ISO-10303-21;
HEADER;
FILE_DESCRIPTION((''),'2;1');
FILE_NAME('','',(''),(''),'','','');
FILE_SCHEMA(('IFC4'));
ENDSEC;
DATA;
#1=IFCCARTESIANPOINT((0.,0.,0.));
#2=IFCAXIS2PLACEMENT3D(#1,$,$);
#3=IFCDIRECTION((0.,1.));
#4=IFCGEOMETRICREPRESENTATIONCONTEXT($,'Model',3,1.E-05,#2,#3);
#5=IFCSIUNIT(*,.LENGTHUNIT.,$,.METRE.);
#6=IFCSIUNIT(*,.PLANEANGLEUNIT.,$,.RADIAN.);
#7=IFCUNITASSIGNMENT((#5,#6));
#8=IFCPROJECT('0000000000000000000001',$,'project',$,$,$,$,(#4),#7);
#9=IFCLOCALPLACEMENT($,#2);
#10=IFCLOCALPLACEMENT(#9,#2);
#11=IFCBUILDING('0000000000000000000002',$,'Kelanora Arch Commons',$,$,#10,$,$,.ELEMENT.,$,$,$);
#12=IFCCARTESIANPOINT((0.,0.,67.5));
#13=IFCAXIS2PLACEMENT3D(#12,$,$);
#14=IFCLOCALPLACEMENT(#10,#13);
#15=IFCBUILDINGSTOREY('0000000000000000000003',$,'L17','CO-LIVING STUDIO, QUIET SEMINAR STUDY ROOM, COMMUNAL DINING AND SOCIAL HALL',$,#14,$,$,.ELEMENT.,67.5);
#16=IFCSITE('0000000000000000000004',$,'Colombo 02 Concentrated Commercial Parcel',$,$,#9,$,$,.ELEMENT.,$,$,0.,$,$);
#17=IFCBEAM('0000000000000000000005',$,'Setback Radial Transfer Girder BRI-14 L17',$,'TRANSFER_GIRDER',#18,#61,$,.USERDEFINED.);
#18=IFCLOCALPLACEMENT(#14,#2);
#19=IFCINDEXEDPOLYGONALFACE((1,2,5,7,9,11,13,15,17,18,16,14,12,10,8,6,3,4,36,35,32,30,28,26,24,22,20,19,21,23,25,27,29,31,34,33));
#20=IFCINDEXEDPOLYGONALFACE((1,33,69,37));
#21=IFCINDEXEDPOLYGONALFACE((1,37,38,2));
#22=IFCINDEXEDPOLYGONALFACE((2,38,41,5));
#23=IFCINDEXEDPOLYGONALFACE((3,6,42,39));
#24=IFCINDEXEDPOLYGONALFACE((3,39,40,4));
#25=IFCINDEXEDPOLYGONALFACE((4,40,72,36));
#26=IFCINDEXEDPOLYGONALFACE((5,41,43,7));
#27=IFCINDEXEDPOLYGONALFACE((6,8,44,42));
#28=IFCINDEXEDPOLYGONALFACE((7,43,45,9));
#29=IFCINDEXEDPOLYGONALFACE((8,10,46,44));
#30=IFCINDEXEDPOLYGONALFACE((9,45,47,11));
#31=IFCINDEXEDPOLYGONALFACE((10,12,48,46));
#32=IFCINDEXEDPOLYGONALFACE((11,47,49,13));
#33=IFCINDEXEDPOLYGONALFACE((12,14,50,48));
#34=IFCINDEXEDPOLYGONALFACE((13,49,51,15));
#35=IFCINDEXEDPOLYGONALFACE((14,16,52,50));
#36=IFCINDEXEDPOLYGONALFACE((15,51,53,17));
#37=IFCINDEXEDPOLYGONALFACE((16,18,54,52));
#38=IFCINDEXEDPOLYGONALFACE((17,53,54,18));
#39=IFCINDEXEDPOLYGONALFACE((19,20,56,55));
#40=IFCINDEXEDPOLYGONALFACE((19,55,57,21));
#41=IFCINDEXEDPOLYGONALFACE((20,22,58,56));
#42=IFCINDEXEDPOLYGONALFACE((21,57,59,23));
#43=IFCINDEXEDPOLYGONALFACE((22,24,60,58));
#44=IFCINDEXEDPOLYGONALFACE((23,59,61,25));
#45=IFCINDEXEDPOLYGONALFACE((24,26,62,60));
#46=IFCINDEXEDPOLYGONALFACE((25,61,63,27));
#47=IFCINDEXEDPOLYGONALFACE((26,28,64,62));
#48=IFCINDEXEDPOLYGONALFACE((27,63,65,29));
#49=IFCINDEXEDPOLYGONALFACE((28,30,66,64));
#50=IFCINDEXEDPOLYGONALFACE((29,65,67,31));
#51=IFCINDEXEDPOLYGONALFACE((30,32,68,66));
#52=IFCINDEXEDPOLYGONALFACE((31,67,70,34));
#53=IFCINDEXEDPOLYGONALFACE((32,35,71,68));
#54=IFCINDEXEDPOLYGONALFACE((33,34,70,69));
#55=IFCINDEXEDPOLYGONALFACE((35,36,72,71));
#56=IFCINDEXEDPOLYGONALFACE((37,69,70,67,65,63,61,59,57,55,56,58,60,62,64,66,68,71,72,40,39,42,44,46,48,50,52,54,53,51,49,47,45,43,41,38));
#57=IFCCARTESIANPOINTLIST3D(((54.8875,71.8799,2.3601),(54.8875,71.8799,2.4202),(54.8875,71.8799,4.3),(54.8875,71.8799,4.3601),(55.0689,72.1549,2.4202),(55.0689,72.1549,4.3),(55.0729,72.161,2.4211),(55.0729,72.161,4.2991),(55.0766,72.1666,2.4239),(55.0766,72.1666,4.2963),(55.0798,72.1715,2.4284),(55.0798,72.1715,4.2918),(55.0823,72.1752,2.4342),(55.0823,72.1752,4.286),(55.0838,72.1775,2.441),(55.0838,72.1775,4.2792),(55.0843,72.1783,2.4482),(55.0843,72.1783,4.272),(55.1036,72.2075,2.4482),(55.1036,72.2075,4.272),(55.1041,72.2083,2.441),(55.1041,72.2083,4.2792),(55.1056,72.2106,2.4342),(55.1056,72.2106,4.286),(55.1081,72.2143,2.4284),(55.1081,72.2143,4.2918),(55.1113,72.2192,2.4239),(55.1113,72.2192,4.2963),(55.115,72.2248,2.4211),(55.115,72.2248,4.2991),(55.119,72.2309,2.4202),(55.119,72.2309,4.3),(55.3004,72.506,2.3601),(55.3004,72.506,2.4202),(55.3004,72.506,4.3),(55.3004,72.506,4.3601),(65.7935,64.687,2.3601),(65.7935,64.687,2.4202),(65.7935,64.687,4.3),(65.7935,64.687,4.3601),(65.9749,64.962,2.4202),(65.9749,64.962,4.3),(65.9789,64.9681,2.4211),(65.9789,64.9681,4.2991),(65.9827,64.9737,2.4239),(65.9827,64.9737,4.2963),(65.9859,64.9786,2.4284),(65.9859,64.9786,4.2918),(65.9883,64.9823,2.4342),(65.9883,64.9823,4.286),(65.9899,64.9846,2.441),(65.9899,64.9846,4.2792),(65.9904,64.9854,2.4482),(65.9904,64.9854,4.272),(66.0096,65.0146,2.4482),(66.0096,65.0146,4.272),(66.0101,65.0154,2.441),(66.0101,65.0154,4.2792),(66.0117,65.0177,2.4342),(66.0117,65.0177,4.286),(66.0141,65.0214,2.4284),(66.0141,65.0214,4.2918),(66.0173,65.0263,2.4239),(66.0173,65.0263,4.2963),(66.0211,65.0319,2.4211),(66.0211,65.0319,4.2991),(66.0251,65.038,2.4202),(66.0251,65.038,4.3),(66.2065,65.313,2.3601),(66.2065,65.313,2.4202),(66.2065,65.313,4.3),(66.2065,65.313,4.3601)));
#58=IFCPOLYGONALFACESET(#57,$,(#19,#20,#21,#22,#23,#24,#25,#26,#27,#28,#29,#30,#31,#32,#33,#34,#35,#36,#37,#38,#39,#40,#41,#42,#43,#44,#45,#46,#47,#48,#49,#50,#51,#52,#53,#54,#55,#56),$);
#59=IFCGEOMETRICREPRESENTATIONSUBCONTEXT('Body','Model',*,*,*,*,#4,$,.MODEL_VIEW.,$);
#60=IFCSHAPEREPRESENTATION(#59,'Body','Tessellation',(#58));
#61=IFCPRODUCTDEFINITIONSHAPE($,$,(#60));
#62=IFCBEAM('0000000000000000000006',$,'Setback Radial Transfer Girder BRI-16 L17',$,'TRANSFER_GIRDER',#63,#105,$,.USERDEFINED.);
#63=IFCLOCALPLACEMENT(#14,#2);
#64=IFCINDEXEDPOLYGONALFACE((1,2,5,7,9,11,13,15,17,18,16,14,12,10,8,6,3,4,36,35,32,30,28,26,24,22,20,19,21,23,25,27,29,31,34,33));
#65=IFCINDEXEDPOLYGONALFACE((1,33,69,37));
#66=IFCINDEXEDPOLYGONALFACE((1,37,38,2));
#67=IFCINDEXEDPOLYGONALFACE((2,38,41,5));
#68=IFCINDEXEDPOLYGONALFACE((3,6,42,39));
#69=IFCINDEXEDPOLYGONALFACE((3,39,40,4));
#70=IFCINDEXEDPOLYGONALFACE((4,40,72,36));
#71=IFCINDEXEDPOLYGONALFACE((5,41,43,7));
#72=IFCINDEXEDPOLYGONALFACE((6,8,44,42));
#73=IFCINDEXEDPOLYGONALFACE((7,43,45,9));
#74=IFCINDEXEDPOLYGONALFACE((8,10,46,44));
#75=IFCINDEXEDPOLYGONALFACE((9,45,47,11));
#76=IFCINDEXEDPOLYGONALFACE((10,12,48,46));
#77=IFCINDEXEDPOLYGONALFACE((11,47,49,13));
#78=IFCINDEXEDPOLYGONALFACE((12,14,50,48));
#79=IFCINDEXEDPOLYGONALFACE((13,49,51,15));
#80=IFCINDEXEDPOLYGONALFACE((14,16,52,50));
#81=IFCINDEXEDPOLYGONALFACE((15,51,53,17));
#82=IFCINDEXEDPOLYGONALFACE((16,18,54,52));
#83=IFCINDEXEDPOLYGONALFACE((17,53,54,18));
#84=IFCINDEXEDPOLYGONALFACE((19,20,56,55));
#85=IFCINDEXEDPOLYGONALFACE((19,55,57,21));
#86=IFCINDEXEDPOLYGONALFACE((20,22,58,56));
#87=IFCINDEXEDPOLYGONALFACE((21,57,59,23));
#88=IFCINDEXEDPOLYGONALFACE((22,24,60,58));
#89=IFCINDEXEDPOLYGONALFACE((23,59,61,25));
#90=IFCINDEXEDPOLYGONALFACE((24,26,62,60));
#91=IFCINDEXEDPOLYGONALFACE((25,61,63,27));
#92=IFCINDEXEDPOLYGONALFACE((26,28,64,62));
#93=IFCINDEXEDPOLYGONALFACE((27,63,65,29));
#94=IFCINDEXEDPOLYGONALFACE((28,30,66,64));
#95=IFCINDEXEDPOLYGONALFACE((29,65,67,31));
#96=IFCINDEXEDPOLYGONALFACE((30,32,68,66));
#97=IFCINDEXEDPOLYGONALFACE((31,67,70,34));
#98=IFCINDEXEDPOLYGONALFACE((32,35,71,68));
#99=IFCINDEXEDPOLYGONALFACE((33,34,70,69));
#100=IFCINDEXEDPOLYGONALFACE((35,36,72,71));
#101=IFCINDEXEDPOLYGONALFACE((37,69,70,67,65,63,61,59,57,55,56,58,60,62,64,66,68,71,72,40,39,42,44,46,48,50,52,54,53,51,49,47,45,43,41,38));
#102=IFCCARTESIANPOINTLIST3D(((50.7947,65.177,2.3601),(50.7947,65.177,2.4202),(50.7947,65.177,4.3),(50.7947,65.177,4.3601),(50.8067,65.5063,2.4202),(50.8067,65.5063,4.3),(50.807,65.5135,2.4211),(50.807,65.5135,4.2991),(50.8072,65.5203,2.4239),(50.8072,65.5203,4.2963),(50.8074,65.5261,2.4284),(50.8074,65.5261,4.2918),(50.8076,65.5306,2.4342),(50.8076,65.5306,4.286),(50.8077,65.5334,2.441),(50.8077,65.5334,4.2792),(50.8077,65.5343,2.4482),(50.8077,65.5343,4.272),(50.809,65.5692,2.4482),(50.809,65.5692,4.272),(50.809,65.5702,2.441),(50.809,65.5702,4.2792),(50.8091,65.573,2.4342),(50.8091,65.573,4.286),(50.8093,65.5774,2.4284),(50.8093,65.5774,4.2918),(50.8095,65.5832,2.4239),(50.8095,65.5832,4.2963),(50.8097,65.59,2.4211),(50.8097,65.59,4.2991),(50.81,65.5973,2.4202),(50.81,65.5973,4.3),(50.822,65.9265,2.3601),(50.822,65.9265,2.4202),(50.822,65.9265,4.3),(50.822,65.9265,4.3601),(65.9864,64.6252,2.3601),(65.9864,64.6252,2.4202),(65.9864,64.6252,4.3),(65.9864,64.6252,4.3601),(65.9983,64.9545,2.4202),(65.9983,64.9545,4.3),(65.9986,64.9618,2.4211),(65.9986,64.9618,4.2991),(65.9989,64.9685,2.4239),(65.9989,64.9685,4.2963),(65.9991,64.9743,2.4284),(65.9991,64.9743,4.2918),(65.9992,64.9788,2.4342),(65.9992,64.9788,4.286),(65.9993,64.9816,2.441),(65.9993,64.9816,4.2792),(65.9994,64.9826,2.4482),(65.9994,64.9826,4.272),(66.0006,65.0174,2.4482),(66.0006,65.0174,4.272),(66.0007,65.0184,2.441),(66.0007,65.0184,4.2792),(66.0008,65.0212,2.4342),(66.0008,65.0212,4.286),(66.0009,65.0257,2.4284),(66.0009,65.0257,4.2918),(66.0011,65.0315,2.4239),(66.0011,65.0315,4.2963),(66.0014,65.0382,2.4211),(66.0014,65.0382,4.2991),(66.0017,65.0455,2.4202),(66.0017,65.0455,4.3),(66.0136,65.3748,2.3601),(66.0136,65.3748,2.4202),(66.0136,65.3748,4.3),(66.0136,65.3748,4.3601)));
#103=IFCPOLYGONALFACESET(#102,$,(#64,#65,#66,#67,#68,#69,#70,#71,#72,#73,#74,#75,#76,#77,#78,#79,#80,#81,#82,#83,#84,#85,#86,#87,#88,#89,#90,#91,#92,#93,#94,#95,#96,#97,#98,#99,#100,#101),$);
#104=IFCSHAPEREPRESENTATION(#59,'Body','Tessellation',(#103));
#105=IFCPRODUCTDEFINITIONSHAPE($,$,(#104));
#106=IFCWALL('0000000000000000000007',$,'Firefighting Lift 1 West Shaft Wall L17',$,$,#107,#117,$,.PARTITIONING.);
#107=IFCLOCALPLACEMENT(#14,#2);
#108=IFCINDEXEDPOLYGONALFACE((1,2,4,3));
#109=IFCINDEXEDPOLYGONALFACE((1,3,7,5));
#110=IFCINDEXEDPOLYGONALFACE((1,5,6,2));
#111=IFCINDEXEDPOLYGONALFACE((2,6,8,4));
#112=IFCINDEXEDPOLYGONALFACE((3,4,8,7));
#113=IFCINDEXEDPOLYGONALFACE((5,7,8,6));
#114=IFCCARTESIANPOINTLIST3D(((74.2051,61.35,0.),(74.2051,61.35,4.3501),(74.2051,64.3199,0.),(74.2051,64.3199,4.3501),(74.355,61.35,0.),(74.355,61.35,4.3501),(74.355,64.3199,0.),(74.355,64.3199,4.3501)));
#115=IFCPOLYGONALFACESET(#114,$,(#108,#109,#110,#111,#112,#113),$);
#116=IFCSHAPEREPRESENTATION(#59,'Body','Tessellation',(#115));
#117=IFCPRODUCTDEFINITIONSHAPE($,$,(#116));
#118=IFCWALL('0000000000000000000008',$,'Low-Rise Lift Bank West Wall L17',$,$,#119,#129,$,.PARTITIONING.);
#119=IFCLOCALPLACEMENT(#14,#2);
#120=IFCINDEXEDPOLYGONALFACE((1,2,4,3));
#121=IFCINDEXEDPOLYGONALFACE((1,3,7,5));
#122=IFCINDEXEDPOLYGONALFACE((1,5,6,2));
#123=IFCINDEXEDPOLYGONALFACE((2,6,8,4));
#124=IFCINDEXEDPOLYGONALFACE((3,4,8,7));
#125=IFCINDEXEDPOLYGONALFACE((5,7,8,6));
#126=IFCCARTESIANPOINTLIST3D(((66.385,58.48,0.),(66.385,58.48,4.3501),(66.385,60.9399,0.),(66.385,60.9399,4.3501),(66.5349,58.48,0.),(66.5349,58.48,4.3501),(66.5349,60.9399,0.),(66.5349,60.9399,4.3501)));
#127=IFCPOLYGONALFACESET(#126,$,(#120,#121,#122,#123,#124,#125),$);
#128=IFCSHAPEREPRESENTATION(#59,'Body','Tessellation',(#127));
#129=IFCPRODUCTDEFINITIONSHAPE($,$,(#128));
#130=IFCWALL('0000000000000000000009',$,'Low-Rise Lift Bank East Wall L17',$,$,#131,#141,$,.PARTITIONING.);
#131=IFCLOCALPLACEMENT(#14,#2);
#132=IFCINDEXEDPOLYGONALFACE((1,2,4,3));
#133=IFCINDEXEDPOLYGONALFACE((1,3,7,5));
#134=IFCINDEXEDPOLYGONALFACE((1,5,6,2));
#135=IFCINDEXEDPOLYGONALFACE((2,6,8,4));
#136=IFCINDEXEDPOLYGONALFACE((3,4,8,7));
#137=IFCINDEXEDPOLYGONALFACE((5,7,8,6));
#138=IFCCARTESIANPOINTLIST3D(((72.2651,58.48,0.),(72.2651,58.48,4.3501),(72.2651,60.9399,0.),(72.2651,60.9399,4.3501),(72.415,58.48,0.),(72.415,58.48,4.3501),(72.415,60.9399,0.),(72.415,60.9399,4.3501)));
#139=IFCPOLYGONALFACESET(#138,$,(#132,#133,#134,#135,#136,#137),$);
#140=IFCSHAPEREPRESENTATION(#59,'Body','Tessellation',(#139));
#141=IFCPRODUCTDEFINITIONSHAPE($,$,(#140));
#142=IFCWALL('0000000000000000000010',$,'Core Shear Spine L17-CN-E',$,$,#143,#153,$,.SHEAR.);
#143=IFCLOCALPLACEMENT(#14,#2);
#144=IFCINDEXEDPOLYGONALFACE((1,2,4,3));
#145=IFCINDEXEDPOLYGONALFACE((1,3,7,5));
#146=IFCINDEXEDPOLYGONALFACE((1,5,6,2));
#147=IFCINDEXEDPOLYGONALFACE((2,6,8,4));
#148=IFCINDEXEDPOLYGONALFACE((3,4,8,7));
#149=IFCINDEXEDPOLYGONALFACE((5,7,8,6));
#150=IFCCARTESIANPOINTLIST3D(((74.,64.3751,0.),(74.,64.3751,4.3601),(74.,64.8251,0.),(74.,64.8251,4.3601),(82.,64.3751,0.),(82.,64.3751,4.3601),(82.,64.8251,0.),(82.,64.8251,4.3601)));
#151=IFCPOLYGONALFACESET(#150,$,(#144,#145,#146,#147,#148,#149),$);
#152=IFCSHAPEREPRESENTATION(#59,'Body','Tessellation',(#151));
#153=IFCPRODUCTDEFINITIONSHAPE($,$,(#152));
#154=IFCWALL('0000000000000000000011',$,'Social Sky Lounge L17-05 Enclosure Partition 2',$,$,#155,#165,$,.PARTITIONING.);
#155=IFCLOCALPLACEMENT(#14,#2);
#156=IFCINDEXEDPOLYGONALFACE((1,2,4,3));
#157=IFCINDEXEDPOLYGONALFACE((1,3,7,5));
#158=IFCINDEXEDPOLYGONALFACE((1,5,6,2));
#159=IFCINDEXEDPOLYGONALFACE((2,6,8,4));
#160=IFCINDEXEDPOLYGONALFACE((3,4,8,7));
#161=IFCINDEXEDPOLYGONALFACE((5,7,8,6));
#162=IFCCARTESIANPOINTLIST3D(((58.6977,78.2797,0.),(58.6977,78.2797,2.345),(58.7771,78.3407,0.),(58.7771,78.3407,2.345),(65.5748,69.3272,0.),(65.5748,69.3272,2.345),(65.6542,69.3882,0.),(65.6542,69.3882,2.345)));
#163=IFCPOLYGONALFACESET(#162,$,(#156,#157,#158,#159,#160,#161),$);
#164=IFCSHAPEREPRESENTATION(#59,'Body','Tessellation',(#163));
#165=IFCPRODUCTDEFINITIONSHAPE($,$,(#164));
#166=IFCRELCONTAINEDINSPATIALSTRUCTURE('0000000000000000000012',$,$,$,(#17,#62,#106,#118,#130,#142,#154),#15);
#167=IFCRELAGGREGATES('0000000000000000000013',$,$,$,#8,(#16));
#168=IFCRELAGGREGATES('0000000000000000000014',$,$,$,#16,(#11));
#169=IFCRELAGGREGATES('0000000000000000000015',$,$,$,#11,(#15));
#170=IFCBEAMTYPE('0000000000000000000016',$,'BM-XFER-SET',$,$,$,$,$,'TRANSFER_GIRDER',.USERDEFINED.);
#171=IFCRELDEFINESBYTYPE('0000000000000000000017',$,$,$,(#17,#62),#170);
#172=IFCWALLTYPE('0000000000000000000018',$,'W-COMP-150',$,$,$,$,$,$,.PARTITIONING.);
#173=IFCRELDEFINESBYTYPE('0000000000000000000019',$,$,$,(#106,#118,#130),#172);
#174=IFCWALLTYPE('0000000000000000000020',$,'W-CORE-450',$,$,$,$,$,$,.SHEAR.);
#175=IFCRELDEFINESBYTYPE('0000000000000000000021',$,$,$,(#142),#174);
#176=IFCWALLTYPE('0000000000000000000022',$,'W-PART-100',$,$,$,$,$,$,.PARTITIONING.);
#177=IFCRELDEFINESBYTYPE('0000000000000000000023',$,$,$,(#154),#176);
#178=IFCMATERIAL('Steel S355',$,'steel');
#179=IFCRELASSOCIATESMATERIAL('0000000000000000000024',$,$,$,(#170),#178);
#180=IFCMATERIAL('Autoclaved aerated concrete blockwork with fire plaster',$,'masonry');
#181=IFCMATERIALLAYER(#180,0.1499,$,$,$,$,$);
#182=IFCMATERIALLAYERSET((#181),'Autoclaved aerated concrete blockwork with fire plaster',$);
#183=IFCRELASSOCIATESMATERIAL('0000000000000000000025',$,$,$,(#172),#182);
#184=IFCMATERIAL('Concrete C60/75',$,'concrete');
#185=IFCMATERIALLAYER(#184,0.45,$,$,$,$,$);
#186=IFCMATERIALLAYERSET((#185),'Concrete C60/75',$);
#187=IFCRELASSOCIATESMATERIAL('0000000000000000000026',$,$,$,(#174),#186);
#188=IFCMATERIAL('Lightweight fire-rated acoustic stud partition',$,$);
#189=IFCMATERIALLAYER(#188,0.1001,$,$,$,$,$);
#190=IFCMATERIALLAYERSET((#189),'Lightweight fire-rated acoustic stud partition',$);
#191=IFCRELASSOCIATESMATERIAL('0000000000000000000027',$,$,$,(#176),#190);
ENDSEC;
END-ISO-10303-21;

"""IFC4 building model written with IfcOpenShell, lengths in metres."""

from ifc_helpers import new_model, si_unit, direction, frame, frame_2d, origin, origin_2d, place, context, subcontext, project, spatial, rectangle, i_section, extrude, material, layer, layer_set, material_profile, profile_set, type_object, element, save


model = new_model("IFC4")

# Units and contexts
model_context = context("Model", 3, precision=1e-05, world=origin(), true_north=direction((0.0, 1.0)))
body_context = subcontext(model_context, "Body", "Model", "MODEL_VIEW")
ifc_project = project(units=[si_unit("LENGTHUNIT", "METRE"), si_unit("PLANEANGLEUNIT", "RADIAN")], contexts=[model_context])

# Site, building, storey
site_placement = place(None, origin())
site = spatial("IfcSite", under=ifc_project, at=site_placement, Name="Colombo 02 Concentrated Commercial Parcel", CompositionType="ELEMENT", RefElevation=0.0)
building_placement = place(site_placement, origin())
building = spatial("IfcBuilding", under=site, at=building_placement, Name="Kelanora Arch Commons", CompositionType="ELEMENT")
storey_placement = place(building_placement, frame((0.0, 0.0, 67.5)))
storey = spatial("IfcBuildingStorey", under=building, at=storey_placement, Name="L17", Description="CO-LIVING STUDIO, QUIET SEMINAR STUDY ROOM, COMMUNAL DINING AND SOCIAL HALL", CompositionType="ELEMENT", Elevation=67.5)

# Shared definitions
ifc_material_1 = material(Name="Concrete C60/75", Category="concrete")

# Beams
ifc_material_2 = material(Name="Steel S355", Category="steel")
ifc_material_profile_1 = material_profile(ifc_material_2, i_section(OverallWidth=0.75, OverallDepth=2.0, WebThickness=0.0349, FlangeThickness=0.0601, FilletRadius=0.0281, at=origin_2d()), Name="PG2000x750")
ifc_profile_set_1 = profile_set([ifc_material_profile_1], Name="Steel S355")
beam_type_1 = type_object("IfcBeamType", Name="BM-XFER-SET", ElementType="TRANSFER_GIRDER", PredefinedType="USERDEFINED", material=ifc_profile_set_1)
beam_1_placement = place(storey_placement, frame((66.0, 65.0, 3.3601), z_axis=(-0.834789, 0.550571, 0.0), x_axis=(-0.550571, -0.834789, 0.0)))
element("IfcBeam", 1, at=beam_1_placement, inside=storey, type_object=beam_type_1, Name="Setback Radial Transfer Girder BRI-14 L17", ObjectType="TRANSFER_GIRDER", PredefinedType="USERDEFINED", context=body_context, shape_type="SweptSolid", body=[
    extrude(i_section(OverallWidth=0.75, OverallDepth=2.0, WebThickness=0.0349, FlangeThickness=0.0601, FilletRadius=0.0281, at=origin_2d()), origin(), (0.0, 0.0, 1.0), 13.0645),
])
beam_2_placement = place(storey_placement, frame((66.0, 65.0, 3.3601), z_axis=(-0.999341, 0.036296, 0.0), x_axis=(-0.036296, -0.999341, 0.0)))
element("IfcBeam", 2, at=beam_2_placement, inside=storey, type_object=beam_type_1, Name="Setback Radial Transfer Girder BRI-16 L17", ObjectType="TRANSFER_GIRDER", PredefinedType="USERDEFINED", context=body_context, shape_type="SweptSolid", body=[
    extrude(i_section(OverallWidth=0.75, OverallDepth=2.0, WebThickness=0.0349, FlangeThickness=0.0601, FilletRadius=0.0281, at=origin_2d()), origin(), (0.0, 0.0, 1.0), 15.2017),
])

# Walls
ifc_material_3 = material(Name="Autoclaved aerated concrete blockwork with fire plaster", Category="masonry")
ifc_layer_1 = layer(ifc_material_3, 0.1499)
ifc_layer_set_1 = layer_set([ifc_layer_1], Name="Autoclaved aerated concrete blockwork with fire plaster")
wall_type_1 = type_object("IfcWallType", Name="W-COMP-150", PredefinedType="PARTITIONING", material=ifc_layer_set_1)
wall_1_placement = place(storey_placement, frame((74.28, 61.3501, 0.0), z_axis=(0.0, 0.0, 1.0), x_axis=(0.0, 1.0, 0.0)))
element("IfcWall", 3, at=wall_1_placement, inside=storey, type_object=wall_type_1, Name="Firefighting Lift 1 West Shaft Wall L17", PredefinedType="PARTITIONING", context=body_context, shape_type="SweptSolid", body=[
    extrude(rectangle(XDim=2.97, YDim=0.1499, at=frame_2d((1.4849, 0.0))), origin(), (0.0, 0.0, 1.0), 4.3501),
])
for number, where, z_axis, x_axis, name in (
    (4, (66.46, 58.48, 0.0), (0.0, 0.0, 1.0), (0.0, 1.0, 0.0), "Low-Rise Lift Bank West Wall L17"),
    (5, (72.3401, 58.48, 0.0), (0.0, 0.0, 1.0), (0.0, 1.0, 0.0), "Low-Rise Lift Bank East Wall L17"),
):
    element("IfcWall", number, at=place(storey_placement, frame(where, z_axis=z_axis, x_axis=x_axis)), inside=storey, type_object=wall_type_1, Name=name, PredefinedType="PARTITIONING", context=body_context, shape_type="SweptSolid", body=[
        extrude(rectangle(XDim=2.46, YDim=0.1499, at=frame_2d((1.23, 0.0))), origin(), (0.0, 0.0, 1.0), 4.3501),
    ])
ifc_layer_2 = layer(ifc_material_1, 0.45)
ifc_layer_set_2 = layer_set([ifc_layer_2], Name="Concrete C60/75")
wall_type_2 = type_object("IfcWallType", Name="W-CORE-450", PredefinedType="SHEAR", material=ifc_layer_set_2)
wall_2_placement = place(storey_placement, frame((74.0, 64.6001, 0.0), z_axis=(0.0, 0.0, 1.0), x_axis=(1.0, 0.0, 0.0)))
element("IfcWall", 6, at=wall_2_placement, inside=storey, type_object=wall_type_2, Name="Core Shear Spine L17-CN-E", PredefinedType="SHEAR", context=body_context, shape_type="SweptSolid", body=[
    extrude(rectangle(XDim=8.0, YDim=0.45, at=frame_2d((4.0, 0.0))), origin(), (0.0, 0.0, 1.0), 4.3601),
])

# Wall
ifc_material_4 = material(Name="Lightweight fire-rated acoustic stud partition")
ifc_layer_3 = layer(ifc_material_4, 0.1001)
ifc_layer_set_3 = layer_set([ifc_layer_3], Name="Lightweight fire-rated acoustic stud partition")
wall_type_3 = type_object("IfcWallType", Name="W-PART-100", PredefinedType="PARTITIONING", material=ifc_layer_set_3)
wall_3_placement = place(storey_placement, frame((65.6145, 69.3577, 0.0), z_axis=(0.0, 0.0, 1.0), x_axis=(-0.609185, 0.793028, 0.0)))
element("IfcWall", 7, at=wall_3_placement, inside=storey, type_object=wall_type_3, Name="Social Sky Lounge L17-05 Enclosure Partition 2", PredefinedType="PARTITIONING", context=body_context, shape_type="SweptSolid", body=[
    extrude(rectangle(XDim=11.2891, YDim=0.1001, at=frame_2d((5.6445, 0.0))), origin(), (0.0, 0.0, 1.0), 2.345),
])

save(model, "model.ifc")
